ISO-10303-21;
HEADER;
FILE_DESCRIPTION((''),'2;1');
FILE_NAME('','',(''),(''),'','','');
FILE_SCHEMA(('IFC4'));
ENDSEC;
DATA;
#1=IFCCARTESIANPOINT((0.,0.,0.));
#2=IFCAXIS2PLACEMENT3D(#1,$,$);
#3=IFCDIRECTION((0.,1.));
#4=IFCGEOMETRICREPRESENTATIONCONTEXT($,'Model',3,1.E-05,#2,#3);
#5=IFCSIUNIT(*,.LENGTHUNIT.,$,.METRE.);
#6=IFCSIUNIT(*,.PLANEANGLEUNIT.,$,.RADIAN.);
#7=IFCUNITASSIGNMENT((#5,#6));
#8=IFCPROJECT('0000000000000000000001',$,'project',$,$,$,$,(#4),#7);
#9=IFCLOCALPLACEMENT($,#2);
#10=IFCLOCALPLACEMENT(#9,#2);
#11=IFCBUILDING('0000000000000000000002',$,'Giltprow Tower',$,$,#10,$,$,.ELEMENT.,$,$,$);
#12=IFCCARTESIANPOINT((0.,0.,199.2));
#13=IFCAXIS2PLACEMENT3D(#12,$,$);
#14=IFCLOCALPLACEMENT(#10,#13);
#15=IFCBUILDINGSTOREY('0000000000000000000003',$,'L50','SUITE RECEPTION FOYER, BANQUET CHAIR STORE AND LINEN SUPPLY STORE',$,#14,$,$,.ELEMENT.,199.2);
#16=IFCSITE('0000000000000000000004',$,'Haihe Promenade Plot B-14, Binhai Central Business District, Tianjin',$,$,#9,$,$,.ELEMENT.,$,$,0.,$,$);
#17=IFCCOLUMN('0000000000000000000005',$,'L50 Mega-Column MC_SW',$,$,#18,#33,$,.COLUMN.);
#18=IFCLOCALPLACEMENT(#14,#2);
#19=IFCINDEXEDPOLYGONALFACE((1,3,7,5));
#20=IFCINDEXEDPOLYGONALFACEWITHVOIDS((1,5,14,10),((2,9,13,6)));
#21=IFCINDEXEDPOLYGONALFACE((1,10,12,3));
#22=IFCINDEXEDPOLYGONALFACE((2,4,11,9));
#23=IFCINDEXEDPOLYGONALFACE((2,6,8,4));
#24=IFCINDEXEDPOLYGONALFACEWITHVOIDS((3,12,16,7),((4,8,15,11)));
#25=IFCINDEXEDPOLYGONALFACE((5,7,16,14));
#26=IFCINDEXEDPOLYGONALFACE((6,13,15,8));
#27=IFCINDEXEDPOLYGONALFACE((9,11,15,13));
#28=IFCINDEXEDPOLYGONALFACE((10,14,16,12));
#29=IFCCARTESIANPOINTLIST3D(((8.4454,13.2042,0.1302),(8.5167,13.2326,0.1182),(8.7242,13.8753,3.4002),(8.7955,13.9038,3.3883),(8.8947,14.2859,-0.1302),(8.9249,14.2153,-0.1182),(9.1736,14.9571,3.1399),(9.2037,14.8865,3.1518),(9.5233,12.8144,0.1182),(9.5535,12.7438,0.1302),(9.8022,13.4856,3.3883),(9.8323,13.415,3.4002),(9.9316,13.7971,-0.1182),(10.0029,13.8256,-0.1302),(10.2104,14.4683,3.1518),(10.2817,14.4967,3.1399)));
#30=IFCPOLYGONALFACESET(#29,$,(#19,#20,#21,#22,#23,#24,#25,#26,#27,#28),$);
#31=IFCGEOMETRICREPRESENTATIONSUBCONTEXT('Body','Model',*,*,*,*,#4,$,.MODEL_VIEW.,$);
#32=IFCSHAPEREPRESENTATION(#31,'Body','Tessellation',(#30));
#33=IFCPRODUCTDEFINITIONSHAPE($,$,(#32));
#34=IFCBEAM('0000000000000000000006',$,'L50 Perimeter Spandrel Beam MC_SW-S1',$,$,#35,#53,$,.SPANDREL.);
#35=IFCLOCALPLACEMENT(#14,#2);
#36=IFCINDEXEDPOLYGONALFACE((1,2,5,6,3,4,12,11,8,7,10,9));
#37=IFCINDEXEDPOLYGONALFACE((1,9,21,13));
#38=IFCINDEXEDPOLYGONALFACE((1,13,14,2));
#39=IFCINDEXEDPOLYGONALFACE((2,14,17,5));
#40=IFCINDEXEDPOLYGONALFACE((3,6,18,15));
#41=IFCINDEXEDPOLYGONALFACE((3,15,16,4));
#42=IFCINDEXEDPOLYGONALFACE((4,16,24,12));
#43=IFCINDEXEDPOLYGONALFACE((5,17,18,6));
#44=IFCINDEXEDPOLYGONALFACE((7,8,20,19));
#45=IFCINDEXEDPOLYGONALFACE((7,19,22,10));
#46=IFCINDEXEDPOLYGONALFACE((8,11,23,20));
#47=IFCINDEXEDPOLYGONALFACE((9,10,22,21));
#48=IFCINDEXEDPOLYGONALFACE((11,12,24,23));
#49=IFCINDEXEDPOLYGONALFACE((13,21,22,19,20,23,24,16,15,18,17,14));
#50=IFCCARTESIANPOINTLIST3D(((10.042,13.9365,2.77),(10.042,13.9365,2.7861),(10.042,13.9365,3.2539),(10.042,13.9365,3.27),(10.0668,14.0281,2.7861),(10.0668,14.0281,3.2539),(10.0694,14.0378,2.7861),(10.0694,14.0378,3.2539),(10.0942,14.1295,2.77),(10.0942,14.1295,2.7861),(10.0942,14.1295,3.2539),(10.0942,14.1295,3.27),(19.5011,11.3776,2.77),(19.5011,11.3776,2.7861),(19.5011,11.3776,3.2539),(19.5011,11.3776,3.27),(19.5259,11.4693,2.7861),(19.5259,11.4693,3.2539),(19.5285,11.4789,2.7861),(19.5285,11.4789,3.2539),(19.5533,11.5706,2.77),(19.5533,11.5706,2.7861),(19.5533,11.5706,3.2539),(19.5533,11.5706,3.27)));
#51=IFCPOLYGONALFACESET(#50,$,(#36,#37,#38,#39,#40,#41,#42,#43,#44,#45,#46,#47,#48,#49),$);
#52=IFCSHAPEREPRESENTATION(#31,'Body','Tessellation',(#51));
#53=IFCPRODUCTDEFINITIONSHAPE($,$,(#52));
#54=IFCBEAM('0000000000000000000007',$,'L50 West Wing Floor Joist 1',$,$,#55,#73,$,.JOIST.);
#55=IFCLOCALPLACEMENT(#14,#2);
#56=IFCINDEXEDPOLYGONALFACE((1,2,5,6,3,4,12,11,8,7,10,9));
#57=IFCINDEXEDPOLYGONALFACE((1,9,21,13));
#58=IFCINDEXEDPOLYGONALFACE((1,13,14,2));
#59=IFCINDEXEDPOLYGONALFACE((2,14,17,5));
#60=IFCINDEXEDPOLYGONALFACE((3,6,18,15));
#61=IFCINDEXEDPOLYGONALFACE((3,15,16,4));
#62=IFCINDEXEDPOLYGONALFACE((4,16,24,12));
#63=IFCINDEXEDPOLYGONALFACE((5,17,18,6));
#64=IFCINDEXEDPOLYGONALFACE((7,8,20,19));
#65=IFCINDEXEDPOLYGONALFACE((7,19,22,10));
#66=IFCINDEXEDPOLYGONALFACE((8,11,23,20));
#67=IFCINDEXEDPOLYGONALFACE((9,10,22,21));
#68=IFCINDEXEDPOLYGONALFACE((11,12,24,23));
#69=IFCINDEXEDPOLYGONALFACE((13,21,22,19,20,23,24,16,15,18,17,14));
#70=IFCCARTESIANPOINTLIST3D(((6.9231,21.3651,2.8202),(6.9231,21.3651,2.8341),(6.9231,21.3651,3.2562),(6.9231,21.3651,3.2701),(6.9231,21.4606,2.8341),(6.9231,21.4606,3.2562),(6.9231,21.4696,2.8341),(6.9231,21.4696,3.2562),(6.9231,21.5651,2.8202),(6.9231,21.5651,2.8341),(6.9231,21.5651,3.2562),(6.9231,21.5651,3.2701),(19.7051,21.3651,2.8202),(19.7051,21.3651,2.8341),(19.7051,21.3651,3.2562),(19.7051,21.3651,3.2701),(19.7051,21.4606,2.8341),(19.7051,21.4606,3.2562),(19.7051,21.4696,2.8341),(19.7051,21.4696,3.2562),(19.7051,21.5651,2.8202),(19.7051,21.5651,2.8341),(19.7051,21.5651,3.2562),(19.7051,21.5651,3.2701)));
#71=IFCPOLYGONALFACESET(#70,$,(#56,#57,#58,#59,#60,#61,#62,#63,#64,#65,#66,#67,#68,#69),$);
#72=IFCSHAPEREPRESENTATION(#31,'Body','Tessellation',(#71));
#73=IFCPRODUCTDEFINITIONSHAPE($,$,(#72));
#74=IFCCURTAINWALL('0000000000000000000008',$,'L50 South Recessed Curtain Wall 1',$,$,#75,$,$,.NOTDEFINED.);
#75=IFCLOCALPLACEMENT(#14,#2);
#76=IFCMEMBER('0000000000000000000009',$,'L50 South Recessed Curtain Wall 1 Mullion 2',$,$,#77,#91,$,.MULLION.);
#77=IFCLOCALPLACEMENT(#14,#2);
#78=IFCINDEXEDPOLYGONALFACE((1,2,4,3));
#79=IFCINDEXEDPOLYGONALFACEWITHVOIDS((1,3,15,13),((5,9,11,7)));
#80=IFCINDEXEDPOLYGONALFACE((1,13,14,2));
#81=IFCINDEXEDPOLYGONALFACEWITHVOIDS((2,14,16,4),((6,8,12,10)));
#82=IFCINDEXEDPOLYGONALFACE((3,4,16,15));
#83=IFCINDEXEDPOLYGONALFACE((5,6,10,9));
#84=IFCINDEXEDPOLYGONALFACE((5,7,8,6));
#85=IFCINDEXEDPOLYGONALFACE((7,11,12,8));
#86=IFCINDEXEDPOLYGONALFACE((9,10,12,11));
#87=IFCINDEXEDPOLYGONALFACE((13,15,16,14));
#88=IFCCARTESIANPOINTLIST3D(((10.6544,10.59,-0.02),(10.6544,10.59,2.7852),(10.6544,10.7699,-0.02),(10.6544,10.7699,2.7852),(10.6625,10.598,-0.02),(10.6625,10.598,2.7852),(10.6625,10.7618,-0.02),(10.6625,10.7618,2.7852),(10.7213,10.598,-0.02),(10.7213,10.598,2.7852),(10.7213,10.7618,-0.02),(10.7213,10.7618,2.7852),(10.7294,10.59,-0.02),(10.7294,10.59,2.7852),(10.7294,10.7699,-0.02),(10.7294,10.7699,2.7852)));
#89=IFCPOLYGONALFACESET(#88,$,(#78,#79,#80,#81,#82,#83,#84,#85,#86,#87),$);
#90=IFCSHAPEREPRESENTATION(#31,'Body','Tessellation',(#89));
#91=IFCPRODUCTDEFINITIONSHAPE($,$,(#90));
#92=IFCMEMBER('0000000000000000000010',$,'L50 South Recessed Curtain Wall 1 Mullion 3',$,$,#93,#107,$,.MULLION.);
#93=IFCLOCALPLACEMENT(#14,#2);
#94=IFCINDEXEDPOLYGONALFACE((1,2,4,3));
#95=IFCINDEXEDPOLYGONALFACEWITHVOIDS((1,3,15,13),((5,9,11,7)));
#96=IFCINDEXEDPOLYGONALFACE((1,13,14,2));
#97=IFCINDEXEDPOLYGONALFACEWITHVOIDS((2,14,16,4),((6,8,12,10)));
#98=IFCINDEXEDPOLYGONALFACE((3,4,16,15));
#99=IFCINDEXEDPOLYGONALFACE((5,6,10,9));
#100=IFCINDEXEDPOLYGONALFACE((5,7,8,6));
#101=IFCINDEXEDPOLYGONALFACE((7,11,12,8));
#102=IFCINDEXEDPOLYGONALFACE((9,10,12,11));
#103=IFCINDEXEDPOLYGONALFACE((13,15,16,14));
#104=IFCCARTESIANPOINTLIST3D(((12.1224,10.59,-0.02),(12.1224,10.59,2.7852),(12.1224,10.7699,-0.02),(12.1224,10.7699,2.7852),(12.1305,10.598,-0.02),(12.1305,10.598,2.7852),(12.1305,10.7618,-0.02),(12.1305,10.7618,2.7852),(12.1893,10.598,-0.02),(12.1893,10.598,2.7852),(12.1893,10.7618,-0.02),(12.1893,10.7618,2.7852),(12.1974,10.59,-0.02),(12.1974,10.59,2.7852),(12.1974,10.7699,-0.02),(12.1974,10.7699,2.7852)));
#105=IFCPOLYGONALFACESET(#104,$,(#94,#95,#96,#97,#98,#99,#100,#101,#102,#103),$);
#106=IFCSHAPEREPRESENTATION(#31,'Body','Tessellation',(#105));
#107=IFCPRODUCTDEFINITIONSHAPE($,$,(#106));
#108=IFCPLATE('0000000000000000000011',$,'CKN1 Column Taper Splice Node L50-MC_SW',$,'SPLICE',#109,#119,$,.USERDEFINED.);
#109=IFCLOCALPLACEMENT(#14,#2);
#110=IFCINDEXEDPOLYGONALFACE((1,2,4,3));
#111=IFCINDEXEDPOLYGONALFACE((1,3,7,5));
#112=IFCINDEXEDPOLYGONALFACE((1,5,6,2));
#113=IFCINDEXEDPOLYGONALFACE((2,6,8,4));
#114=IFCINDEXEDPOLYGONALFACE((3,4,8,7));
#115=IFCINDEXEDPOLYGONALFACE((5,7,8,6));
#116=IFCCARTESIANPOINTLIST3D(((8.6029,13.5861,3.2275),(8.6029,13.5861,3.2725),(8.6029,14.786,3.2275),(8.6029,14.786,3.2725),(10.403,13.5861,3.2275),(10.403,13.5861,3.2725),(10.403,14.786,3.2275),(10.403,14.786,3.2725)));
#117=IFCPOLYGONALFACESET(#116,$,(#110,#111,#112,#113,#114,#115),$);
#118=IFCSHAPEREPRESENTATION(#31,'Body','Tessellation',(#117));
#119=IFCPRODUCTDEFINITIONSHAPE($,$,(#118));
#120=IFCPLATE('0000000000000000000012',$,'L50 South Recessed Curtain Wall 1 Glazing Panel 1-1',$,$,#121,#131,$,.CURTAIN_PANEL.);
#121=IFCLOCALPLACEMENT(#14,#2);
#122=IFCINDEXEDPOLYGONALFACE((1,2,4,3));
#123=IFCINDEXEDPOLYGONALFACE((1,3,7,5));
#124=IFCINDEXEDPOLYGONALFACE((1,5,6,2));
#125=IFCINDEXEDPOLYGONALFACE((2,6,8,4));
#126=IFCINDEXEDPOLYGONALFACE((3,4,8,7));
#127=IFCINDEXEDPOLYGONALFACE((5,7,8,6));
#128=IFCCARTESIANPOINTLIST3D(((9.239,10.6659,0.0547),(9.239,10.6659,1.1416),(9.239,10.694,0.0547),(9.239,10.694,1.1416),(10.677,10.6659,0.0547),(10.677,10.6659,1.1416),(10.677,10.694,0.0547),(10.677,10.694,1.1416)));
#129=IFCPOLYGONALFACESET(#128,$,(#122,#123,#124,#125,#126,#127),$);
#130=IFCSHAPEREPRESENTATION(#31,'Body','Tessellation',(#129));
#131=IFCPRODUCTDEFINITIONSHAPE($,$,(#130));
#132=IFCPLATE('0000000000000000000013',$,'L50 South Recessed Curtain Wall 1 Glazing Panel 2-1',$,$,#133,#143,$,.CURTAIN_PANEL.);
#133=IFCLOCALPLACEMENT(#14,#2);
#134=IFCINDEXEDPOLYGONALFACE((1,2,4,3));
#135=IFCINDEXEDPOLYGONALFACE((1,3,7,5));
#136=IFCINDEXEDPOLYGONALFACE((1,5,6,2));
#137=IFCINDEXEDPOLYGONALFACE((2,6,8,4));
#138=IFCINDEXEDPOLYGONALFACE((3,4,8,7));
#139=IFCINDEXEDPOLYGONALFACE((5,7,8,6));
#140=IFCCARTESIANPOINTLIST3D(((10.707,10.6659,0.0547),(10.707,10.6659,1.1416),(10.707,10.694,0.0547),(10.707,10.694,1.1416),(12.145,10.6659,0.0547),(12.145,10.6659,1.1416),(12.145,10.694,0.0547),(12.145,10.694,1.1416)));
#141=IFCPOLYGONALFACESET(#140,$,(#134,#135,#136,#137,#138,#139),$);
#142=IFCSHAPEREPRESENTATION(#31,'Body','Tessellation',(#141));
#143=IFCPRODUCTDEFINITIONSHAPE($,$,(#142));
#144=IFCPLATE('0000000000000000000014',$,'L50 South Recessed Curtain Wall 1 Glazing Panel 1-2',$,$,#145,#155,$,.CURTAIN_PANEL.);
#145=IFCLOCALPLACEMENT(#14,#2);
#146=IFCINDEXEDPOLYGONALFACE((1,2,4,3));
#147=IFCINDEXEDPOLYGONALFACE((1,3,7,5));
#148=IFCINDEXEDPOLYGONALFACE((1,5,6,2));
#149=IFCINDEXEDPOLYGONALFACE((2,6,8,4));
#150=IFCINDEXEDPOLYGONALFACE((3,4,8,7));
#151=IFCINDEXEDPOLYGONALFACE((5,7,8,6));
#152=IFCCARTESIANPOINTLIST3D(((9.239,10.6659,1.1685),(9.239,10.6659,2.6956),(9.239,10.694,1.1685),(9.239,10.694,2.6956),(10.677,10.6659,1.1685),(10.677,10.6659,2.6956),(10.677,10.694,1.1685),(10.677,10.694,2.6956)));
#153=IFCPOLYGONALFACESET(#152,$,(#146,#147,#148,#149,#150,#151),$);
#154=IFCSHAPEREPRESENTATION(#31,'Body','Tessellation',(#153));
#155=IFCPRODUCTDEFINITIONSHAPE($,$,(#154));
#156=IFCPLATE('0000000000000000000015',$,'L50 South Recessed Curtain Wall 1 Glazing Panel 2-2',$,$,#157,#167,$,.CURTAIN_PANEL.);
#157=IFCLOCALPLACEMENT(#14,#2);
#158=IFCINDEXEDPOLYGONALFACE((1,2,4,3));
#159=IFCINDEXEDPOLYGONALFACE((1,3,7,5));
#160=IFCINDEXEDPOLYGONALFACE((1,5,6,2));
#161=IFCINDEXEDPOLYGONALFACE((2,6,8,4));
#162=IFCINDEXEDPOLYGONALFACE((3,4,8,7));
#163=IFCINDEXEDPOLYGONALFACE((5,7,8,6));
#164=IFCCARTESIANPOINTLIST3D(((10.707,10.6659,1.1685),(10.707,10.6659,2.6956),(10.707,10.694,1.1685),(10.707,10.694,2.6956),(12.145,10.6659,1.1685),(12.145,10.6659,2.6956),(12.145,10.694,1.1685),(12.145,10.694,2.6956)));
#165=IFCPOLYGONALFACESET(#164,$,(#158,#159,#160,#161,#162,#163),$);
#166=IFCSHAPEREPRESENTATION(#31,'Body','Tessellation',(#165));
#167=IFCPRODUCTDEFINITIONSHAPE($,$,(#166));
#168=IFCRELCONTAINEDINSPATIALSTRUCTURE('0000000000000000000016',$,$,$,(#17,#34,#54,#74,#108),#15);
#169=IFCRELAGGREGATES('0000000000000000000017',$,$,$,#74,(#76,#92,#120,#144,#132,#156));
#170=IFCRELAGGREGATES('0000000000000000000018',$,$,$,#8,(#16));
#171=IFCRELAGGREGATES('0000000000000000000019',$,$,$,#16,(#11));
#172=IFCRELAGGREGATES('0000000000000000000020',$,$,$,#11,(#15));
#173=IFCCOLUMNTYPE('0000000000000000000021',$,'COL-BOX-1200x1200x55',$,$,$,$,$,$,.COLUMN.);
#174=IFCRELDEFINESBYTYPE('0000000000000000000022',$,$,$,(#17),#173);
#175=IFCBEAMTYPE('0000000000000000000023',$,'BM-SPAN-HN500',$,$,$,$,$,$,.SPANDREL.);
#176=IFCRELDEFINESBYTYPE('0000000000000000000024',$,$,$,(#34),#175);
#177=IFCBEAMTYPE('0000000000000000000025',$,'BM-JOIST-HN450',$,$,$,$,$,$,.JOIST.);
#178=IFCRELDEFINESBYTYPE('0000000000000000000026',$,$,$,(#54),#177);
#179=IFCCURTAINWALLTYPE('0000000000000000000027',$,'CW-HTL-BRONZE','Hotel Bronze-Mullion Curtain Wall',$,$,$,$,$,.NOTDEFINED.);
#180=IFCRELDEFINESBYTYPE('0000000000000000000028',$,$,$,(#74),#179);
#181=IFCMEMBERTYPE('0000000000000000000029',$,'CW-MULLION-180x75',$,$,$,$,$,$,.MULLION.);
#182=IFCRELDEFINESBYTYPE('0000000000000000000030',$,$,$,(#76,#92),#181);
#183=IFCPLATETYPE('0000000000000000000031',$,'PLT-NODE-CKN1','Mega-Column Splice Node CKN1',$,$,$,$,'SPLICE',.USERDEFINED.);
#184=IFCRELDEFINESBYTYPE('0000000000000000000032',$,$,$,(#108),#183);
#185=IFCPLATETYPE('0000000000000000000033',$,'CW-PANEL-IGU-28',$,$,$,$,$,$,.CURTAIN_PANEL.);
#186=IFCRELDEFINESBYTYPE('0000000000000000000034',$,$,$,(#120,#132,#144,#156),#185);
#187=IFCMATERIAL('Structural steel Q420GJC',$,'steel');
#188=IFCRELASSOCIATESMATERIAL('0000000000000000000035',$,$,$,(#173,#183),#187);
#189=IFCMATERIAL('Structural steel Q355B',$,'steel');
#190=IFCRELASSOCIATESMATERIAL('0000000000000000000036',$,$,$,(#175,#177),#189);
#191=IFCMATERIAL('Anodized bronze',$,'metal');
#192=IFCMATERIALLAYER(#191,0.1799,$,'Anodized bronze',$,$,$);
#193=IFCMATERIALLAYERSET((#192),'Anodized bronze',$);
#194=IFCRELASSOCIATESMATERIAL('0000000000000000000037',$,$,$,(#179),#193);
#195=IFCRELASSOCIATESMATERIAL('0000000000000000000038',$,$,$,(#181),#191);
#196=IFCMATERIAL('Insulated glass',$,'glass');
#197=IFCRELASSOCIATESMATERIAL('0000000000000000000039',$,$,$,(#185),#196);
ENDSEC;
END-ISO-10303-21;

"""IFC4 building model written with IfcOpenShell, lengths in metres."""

from ifc_helpers import new_model, si_unit, direction, frame, origin, origin_2d, place, context, subcontext, project, spatial, rectangle, hollow_rectangle, i_section, extrude, source, transform, mapped, material, layer, layer_set, material_profile, profile_set, type_object, element, aggregate, save


model = new_model("IFC4")

# Units and contexts
model_context = context("Model", 3, precision=1e-05, world=origin(), true_north=direction((0.0, 1.0)))
body_context = subcontext(model_context, "Body", "Model", "MODEL_VIEW")
ifc_project = project(units=[si_unit("LENGTHUNIT", "METRE"), si_unit("PLANEANGLEUNIT", "RADIAN")], contexts=[model_context])

# Site, building, storey
site_placement = place(None, origin())
site = spatial("IfcSite", under=ifc_project, at=site_placement, Name="Haihe Promenade Plot B-14, Binhai Central Business District, Tianjin", CompositionType="ELEMENT", RefElevation=0.0)
building_placement = place(site_placement, origin())
building = spatial("IfcBuilding", under=site, at=building_placement, Name="Giltprow Tower", CompositionType="ELEMENT")
storey_placement = place(building_placement, frame((0.0, 0.0, 199.2)))
storey = spatial("IfcBuildingStorey", under=building, at=storey_placement, Name="L50", Description="SUITE RECEPTION FOYER, BANQUET CHAIR STORE AND LINEN SUPPLY STORE", CompositionType="ELEMENT", Elevation=199.2)

# Column
ifc_material_1 = material(Name="Structural steel Q420GJC", Category="steel")
ifc_material_profile_1 = material_profile(ifc_material_1, hollow_rectangle(XDim=1.2, YDim=1.2, WallThickness=0.0549, at=origin_2d()), Name="BOX 1200x1200x55")
ifc_profile_set_1 = profile_set([ifc_material_profile_1], Name="Structural steel Q420GJC")
column_type = type_object("IfcColumnType", Name="COL-BOX-1200x1200x55", PredefinedType="COLUMN", material=ifc_profile_set_1)
shared_shape_1 = source(origin(), body_context, "Body", "SweptSolid", [
    extrude(hollow_rectangle(XDim=1.2, YDim=1.2, WallThickness=0.0549, at=origin_2d()), origin(), (0.0, 0.0, 1.0), 3.3499),
])
column_placement = place(storey_placement, frame((9.2241, 13.5149, 0.0), z_axis=(0.083231, 0.200353, 0.976182), x_axis=(-0.923484, 0.383637, 0.0)))
element("IfcColumn", 1, at=column_placement, inside=storey, type_object=column_type, Name="L50 Mega-Column MC_SW", PredefinedType="COLUMN", context=body_context, shape_type="MappedRepresentation", body=[
    mapped(shared_shape_1, transform((0.0, 0.0, 0.0), x_axis=(1.0, 0.0, 0.0), y_axis=(0.0, 1.0, 0.0), z_axis=(0.0, 0.0, 1.0), scale=1.0)),
])

# Beams
ifc_material_2 = material(Name="Structural steel Q355B", Category="steel")
ifc_material_profile_2 = material_profile(ifc_material_2, i_section(OverallWidth=0.2, OverallDepth=0.5, WebThickness=0.01, FlangeThickness=0.0161, at=origin_2d()), Name="HN 500x200x10x16")
ifc_profile_set_2 = profile_set([ifc_material_profile_2], Name="Structural steel Q355B")
beam_type_1 = type_object("IfcBeamType", Name="BM-SPAN-HN500", PredefinedType="SPANDREL", material=ifc_profile_set_2)
shared_shape_2 = source(origin(), body_context, "Body", "SweptSolid", [
    extrude(i_section(OverallWidth=0.2, OverallDepth=0.5, WebThickness=0.01, FlangeThickness=0.0161, at=origin_2d()), origin(), (0.0, 0.0, 1.0), 9.7991),
])
beam_1_placement = place(storey_placement, frame((10.0681, 14.033, 3.02), z_axis=(0.965303, -0.261133, 0.0), x_axis=(0.261133, 0.965303, 0.0)))
element("IfcBeam", 2, at=beam_1_placement, inside=storey, type_object=beam_type_1, Name="L50 Perimeter Spandrel Beam MC_SW-S1", PredefinedType="SPANDREL", context=body_context, shape_type="MappedRepresentation", body=[
    mapped(shared_shape_2, transform((0.0, 0.0, 0.0), x_axis=(1.0, 0.0, 0.0), y_axis=(0.0, 1.0, 0.0), z_axis=(0.0, 0.0, 1.0), scale=1.0)),
])
ifc_material_profile_3 = material_profile(ifc_material_2, i_section(OverallWidth=0.2, OverallDepth=0.45, WebThickness=0.009, FlangeThickness=0.0139, at=origin_2d()), Name="HN 450x200x9x14")
ifc_profile_set_3 = profile_set([ifc_material_profile_3], Name="Structural steel Q355B")
beam_type_2 = type_object("IfcBeamType", Name="BM-JOIST-HN450", PredefinedType="JOIST", material=ifc_profile_set_3)
shared_shape_3 = source(origin(), body_context, "Body", "SweptSolid", [
    extrude(i_section(OverallWidth=0.2, OverallDepth=0.45, WebThickness=0.009, FlangeThickness=0.0139, at=origin_2d()), origin(), (0.0, 0.0, 1.0), 12.782),
])
beam_2_placement = place(storey_placement, frame((6.9231, 21.4651, 3.0452), z_axis=(1.0, 0.0, 0.0), x_axis=(0.0, 1.0, 0.0)))
element("IfcBeam", 3, at=beam_2_placement, inside=storey, type_object=beam_type_2, Name="L50 West Wing Floor Joist 1", PredefinedType="JOIST", context=body_context, shape_type="MappedRepresentation", body=[
    mapped(shared_shape_3, transform((0.0, 0.0, 0.0), x_axis=(1.0, 0.0, 0.0), y_axis=(0.0, 1.0, 0.0), z_axis=(0.0, 0.0, 1.0), scale=1.0)),
])

# Curtain wall, members
ifc_material_3 = material(Name="Anodized bronze", Category="metal")
ifc_layer_1 = layer(ifc_material_3, 0.1799, Name="Anodized bronze")
ifc_layer_set_1 = layer_set([ifc_layer_1], Name="Anodized bronze")
curtain_wall_type = type_object("IfcCurtainWallType", Name="CW-HTL-BRONZE", Description="Hotel Bronze-Mullion Curtain Wall", PredefinedType="NOTDEFINED", material=ifc_layer_set_1)
curtain_wall_placement = place(storey_placement, origin())
curtain_wall = element("IfcCurtainWall", 4, at=curtain_wall_placement, inside=storey, type_object=curtain_wall_type, Name="L50 South Recessed Curtain Wall 1", PredefinedType="NOTDEFINED")
ifc_material_profile_4 = material_profile(ifc_material_3, hollow_rectangle(XDim=0.075, YDim=0.1799, WallThickness=0.0081, at=origin_2d()), Name="RHS 180x75x8")
ifc_profile_set_4 = profile_set([ifc_material_profile_4], Name="Anodized bronze")
member_type = type_object("IfcMemberType", Name="CW-MULLION-180x75", PredefinedType="MULLION", material=ifc_profile_set_4)
shared_shape_4 = source(origin(), body_context, "Body", "SweptSolid", [
    extrude(hollow_rectangle(XDim=0.075, YDim=0.1799, WallThickness=0.0081, at=origin_2d()), origin(), (0.0, 0.0, 1.0), 2.8052),
])
member_1_placement = place(storey_placement, frame((10.6919, 10.6799, -0.02), z_axis=(0.0, 0.0, 1.0), x_axis=(1.0, 0.0, 0.0)))
member_1 = element("IfcMember", 5, at=member_1_placement, type_object=member_type, Name="L50 South Recessed Curtain Wall 1 Mullion 2", PredefinedType="MULLION", context=body_context, shape_type="MappedRepresentation", body=[
    mapped(shared_shape_4, transform((0.0, 0.0, 0.0), x_axis=(1.0, 0.0, 0.0), y_axis=(0.0, 1.0, 0.0), z_axis=(0.0, 0.0, 1.0), scale=1.0)),
])
member_2_placement = place(storey_placement, frame((12.1599, 10.6799, -0.02), z_axis=(0.0, 0.0, 1.0), x_axis=(1.0, 0.0, 0.0)))
member_2 = element("IfcMember", 6, at=member_2_placement, type_object=member_type, Name="L50 South Recessed Curtain Wall 1 Mullion 3", PredefinedType="MULLION", context=body_context, shape_type="MappedRepresentation", body=[
    mapped(shared_shape_4, transform((0.0, 0.0, 0.0), x_axis=(1.0, 0.0, 0.0), y_axis=(0.0, 1.0, 0.0), z_axis=(0.0, 0.0, 1.0), scale=1.0)),
])

# Plates
plate_type_1 = type_object("IfcPlateType", Name="PLT-NODE-CKN1", Description="Mega-Column Splice Node CKN1", ElementType="SPLICE", PredefinedType="USERDEFINED", material=ifc_material_1)
shared_shape_5 = source(origin(), body_context, "Body", "SweptSolid", [
    extrude(rectangle(XDim=1.8, YDim=1.2, at=origin_2d()), origin(), (0.0, 0.0, 1.0), 0.0449),
])
plate_1_placement = place(storey_placement, frame((9.5029, 14.186, 3.2275), z_axis=(0.0, 0.0, 1.0), x_axis=(1.0, 0.0, 0.0)))
element("IfcPlate", 7, at=plate_1_placement, inside=storey, type_object=plate_type_1, Name="CKN1 Column Taper Splice Node L50-MC_SW", ObjectType="SPLICE", PredefinedType="USERDEFINED", context=body_context, shape_type="MappedRepresentation", body=[
    mapped(shared_shape_5, transform((0.0, 0.0, 0.0), x_axis=(1.0, 0.0, 0.0), y_axis=(0.0, 1.0, 0.0), z_axis=(0.0, 0.0, 1.0), scale=1.0)),
])
ifc_material_4 = material(Name="Insulated glass", Category="glass")
plate_type_2 = type_object("IfcPlateType", Name="CW-PANEL-IGU-28", PredefinedType="CURTAIN_PANEL", material=ifc_material_4)
shared_shape_6 = source(origin(), body_context, "Body", "SweptSolid", [
    extrude(rectangle(XDim=1.438, YDim=0.0281, at=origin_2d()), origin(), (0.0, 0.0, 1.0), 1.0869),
])
plate_2_placement = place(storey_placement, frame((9.958, 10.6799, 0.0547), z_axis=(0.0, 0.0, 1.0), x_axis=(1.0, 0.0, 0.0)))
plate_2 = element("IfcPlate", 8, at=plate_2_placement, type_object=plate_type_2, Name="L50 South Recessed Curtain Wall 1 Glazing Panel 1-1", PredefinedType="CURTAIN_PANEL", context=body_context, shape_type="MappedRepresentation", body=[
    mapped(shared_shape_6, transform((0.0, 0.0, 0.0), x_axis=(1.0, 0.0, 0.0), y_axis=(0.0, 1.0, 0.0), z_axis=(0.0, 0.0, 1.0), scale=1.0)),
])
plate_3_placement = place(storey_placement, frame((11.426, 10.6799, 0.0547), z_axis=(0.0, 0.0, 1.0), x_axis=(1.0, 0.0, 0.0)))
plate_3 = element("IfcPlate", 9, at=plate_3_placement, type_object=plate_type_2, Name="L50 South Recessed Curtain Wall 1 Glazing Panel 2-1", PredefinedType="CURTAIN_PANEL", context=body_context, shape_type="MappedRepresentation", body=[
    mapped(shared_shape_6, transform((0.0, 0.0, 0.0), x_axis=(1.0, 0.0, 0.0), y_axis=(0.0, 1.0, 0.0), z_axis=(0.0, 0.0, 1.0), scale=1.0)),
])
shared_shape_7 = source(origin(), body_context, "Body", "SweptSolid", [
    extrude(rectangle(XDim=1.438, YDim=0.0281, at=origin_2d()), origin(), (0.0, 0.0, 1.0), 1.5271),
])
plate_4_placement = place(storey_placement, frame((9.958, 10.6799, 1.1685), z_axis=(0.0, 0.0, 1.0), x_axis=(1.0, 0.0, 0.0)))
plate_4 = element("IfcPlate", 10, at=plate_4_placement, type_object=plate_type_2, Name="L50 South Recessed Curtain Wall 1 Glazing Panel 1-2", PredefinedType="CURTAIN_PANEL", context=body_context, shape_type="MappedRepresentation", body=[
    mapped(shared_shape_7, transform((0.0, 0.0, 0.0), x_axis=(1.0, 0.0, 0.0), y_axis=(0.0, 1.0, 0.0), z_axis=(0.0, 0.0, 1.0), scale=1.0)),
])
plate_5_placement = place(storey_placement, frame((11.426, 10.6799, 1.1685), z_axis=(0.0, 0.0, 1.0), x_axis=(1.0, 0.0, 0.0)))
plate_5 = element("IfcPlate", 11, at=plate_5_placement, type_object=plate_type_2, Name="L50 South Recessed Curtain Wall 1 Glazing Panel 2-2", PredefinedType="CURTAIN_PANEL", context=body_context, shape_type="MappedRepresentation", body=[
    mapped(shared_shape_7, transform((0.0, 0.0, 0.0), x_axis=(1.0, 0.0, 0.0), y_axis=(0.0, 1.0, 0.0), z_axis=(0.0, 0.0, 1.0), scale=1.0)),
])
aggregate(curtain_wall, [member_1, member_2, plate_2, plate_4, plate_3, plate_5])

save(model, "model.ifc")
